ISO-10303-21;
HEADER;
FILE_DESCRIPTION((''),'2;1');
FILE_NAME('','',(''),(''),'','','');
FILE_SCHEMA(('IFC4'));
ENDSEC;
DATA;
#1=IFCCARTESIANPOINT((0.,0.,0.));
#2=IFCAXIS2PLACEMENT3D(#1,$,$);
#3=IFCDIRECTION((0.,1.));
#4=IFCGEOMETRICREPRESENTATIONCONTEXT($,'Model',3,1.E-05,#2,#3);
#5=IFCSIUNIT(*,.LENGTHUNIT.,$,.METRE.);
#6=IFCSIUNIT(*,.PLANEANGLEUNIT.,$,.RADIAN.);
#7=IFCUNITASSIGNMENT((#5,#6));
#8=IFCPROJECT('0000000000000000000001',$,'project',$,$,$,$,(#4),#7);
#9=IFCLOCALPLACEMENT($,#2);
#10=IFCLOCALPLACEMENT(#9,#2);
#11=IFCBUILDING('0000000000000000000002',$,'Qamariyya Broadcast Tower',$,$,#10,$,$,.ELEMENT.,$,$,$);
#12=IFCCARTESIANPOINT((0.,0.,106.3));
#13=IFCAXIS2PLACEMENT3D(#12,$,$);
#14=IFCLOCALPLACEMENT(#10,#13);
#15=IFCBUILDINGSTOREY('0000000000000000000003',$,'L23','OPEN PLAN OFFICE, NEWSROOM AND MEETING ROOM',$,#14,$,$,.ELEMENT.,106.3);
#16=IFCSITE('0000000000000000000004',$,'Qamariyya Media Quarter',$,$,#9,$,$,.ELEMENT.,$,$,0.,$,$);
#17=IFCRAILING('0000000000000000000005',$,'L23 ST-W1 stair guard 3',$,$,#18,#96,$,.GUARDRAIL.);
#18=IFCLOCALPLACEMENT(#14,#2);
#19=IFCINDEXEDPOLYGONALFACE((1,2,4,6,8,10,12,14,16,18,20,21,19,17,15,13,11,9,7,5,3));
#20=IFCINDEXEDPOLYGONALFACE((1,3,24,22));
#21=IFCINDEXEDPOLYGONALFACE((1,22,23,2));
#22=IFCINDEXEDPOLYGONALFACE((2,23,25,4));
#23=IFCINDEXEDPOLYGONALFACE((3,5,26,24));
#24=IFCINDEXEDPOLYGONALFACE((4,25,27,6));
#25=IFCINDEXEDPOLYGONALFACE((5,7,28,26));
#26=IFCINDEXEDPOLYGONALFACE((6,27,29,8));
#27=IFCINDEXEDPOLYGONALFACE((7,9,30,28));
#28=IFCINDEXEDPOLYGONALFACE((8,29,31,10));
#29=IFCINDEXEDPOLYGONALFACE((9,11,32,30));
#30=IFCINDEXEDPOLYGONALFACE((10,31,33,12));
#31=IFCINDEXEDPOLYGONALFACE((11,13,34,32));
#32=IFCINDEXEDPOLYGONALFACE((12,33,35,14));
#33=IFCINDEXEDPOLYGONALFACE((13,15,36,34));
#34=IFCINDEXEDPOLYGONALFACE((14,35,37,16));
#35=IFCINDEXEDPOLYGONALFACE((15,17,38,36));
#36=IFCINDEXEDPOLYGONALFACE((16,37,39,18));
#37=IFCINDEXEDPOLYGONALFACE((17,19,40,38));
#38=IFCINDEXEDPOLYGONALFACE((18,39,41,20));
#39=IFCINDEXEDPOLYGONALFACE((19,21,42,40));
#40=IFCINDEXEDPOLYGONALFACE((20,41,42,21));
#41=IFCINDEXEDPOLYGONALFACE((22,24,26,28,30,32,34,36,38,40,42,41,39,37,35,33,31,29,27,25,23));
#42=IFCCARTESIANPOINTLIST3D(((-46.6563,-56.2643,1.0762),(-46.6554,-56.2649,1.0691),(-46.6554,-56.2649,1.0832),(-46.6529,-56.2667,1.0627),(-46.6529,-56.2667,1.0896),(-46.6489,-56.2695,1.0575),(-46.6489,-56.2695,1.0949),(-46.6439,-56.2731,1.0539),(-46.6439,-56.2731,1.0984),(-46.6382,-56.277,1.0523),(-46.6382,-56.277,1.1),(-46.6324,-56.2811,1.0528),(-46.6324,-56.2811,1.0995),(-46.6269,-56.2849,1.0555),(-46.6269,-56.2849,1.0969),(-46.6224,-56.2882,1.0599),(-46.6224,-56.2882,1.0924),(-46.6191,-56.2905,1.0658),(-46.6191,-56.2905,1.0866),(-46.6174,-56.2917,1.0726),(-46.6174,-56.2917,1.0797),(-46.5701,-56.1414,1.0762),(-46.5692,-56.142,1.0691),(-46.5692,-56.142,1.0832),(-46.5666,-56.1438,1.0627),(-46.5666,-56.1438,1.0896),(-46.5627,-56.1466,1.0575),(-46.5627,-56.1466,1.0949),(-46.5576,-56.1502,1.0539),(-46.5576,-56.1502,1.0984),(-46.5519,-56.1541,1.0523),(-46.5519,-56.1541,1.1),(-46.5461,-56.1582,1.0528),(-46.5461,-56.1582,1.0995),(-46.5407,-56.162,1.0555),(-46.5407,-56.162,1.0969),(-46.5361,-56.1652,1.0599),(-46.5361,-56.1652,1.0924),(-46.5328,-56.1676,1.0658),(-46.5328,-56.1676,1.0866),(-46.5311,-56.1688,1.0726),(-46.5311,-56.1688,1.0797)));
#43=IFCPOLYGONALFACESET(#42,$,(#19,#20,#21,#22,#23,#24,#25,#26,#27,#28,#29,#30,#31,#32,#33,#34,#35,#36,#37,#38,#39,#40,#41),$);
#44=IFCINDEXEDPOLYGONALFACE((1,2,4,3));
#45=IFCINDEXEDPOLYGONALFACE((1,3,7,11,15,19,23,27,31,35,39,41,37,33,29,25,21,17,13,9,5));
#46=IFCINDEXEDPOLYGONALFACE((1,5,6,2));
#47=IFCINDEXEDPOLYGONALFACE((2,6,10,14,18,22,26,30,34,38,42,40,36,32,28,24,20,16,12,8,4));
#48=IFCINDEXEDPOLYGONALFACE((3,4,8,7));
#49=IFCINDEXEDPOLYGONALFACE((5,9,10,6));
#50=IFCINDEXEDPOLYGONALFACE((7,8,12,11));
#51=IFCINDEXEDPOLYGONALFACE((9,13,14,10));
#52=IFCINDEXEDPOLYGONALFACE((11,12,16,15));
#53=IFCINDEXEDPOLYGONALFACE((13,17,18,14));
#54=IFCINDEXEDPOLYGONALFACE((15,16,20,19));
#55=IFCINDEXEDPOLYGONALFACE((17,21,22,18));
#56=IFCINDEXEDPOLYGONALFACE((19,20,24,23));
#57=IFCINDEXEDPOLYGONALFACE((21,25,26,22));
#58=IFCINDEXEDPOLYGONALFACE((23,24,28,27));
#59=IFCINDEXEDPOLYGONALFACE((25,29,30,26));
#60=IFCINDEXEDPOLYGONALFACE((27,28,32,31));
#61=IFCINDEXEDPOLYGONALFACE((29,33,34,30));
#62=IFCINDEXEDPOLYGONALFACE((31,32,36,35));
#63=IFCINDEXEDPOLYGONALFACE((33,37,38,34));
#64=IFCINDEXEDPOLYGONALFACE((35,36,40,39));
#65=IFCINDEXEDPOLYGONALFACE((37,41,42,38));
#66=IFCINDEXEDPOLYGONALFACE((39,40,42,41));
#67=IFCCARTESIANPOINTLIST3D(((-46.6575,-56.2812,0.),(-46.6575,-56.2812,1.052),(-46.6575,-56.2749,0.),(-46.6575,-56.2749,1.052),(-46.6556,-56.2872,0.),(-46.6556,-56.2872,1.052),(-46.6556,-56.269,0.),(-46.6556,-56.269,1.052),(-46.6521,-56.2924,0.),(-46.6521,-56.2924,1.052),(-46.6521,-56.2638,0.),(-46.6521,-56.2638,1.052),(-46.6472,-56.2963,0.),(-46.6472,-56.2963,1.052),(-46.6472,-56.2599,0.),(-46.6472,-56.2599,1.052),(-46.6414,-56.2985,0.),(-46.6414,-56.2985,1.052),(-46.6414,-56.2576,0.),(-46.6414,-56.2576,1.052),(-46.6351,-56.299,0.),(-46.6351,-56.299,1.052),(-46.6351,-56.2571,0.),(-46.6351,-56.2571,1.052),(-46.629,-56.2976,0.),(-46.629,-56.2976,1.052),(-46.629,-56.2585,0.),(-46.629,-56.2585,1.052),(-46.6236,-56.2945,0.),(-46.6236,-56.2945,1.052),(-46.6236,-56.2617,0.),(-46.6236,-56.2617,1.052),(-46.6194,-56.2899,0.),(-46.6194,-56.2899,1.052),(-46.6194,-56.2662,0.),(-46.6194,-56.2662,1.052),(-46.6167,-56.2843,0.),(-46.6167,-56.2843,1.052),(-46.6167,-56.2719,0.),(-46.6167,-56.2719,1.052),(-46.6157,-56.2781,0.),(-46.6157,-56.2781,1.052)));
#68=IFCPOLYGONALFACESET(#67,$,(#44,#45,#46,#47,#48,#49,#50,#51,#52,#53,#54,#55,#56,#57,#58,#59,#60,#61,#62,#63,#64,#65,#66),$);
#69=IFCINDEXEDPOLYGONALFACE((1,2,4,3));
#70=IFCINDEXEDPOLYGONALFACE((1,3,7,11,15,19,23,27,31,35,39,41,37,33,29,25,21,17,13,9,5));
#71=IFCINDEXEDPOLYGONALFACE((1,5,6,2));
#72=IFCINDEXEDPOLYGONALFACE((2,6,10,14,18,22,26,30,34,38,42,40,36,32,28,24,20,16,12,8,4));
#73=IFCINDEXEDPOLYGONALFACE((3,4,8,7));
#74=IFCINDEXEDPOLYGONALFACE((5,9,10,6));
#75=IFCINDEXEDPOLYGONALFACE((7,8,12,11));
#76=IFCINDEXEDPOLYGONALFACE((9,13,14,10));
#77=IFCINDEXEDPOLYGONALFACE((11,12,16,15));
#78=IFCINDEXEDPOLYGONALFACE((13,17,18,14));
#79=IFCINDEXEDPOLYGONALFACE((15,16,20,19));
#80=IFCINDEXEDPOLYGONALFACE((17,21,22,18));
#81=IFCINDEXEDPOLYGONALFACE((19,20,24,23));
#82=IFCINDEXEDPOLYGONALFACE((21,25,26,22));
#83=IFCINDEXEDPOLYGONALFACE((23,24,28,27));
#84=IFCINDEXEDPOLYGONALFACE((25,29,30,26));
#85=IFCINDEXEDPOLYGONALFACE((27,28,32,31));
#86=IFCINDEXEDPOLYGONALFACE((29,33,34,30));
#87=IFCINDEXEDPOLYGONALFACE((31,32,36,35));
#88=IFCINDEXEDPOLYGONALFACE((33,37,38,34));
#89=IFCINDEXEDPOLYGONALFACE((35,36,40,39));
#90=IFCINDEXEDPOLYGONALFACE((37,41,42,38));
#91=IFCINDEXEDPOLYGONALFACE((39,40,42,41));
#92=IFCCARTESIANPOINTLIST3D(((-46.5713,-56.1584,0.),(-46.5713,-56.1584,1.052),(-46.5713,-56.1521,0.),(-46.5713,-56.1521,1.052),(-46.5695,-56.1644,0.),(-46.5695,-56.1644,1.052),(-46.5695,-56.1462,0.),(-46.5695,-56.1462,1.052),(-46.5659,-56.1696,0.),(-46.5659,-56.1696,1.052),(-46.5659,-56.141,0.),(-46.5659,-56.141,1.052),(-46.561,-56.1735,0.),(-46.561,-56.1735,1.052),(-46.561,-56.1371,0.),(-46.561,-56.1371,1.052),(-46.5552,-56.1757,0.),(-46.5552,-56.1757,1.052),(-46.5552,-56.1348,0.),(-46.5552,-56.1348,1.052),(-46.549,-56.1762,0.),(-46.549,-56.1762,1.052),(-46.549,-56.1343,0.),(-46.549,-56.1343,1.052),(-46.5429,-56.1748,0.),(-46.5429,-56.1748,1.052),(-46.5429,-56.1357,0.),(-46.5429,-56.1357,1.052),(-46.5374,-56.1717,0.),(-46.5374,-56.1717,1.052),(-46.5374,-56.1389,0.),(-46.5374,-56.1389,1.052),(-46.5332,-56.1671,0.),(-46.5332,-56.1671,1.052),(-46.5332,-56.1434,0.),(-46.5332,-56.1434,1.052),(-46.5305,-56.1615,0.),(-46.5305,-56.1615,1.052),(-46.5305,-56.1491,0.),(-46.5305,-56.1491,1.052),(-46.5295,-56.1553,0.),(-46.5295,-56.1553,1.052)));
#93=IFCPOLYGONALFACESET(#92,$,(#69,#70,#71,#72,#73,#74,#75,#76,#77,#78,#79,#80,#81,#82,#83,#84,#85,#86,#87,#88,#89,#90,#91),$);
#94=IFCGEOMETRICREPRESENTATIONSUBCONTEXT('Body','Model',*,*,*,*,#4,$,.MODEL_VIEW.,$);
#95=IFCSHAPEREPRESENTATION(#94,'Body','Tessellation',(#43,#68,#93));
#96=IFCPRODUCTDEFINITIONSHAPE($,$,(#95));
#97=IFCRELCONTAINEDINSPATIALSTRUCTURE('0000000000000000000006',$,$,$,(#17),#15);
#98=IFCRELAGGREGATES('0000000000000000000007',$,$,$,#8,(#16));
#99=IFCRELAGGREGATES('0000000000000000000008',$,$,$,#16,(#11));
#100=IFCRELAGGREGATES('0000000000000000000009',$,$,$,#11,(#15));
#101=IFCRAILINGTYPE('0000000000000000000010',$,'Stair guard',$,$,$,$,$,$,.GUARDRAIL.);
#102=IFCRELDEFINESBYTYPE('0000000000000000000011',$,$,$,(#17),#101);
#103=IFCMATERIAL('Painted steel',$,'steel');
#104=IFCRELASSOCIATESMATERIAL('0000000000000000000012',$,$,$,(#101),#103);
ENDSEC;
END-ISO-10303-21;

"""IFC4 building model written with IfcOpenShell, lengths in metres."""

from ifc_helpers import new_model, si_unit, direction, frame, origin, origin_2d, place, context, subcontext, project, spatial, circle, extrude, material, type_object, element, save


model = new_model("IFC4")

# Units and contexts
model_context = context("Model", 3, precision=1e-05, world=origin(), true_north=direction((0.0, 1.0)))
body_context = subcontext(model_context, "Body", "Model", "MODEL_VIEW")
ifc_project = project(units=[si_unit("LENGTHUNIT", "METRE"), si_unit("PLANEANGLEUNIT", "RADIAN")], contexts=[model_context])

# Site, building, storey
site_placement = place(None, origin())
site = spatial("IfcSite", under=ifc_project, at=site_placement, Name="Qamariyya Media Quarter", CompositionType="ELEMENT", RefElevation=0.0)
building_placement = place(site_placement, origin())
building = spatial("IfcBuilding", under=site, at=building_placement, Name="Qamariyya Broadcast Tower", CompositionType="ELEMENT")
storey_placement = place(building_placement, frame((0.0, 0.0, 106.3)))
storey = spatial("IfcBuildingStorey", under=building, at=storey_placement, Name="L23", Description="OPEN PLAN OFFICE, NEWSROOM AND MEETING ROOM", CompositionType="ELEMENT", Elevation=106.3)

# Railing
ifc_material_1 = material(Name="Painted steel", Category="steel")
railing_type_1 = type_object("IfcRailingType", Name="Stair guard", PredefinedType="GUARDRAIL", material=ifc_material_1)
railing_1_placement = place(storey_placement, frame((-46.6367, -56.2781, 0.0)))
element("IfcRailing", 1, at=railing_1_placement, inside=storey, type_object=railing_type_1, Name="L23 ST-W1 stair guard 3", PredefinedType="GUARDRAIL", context=body_context, shape_type="SweptSolid", body=[
    extrude(circle(Radius=0.0239, at=origin_2d()), frame((0.0, 0.0, 1.0762), z_axis=(0.574445, 0.818543, 0.0), x_axis=(-0.818543, 0.574445, 0.0)), (0.0, 0.0, 1.0), 0.1501),
    extrude(circle(Radius=0.021, at=origin_2d()), origin(), (0.0, 0.0, 1.0), 1.052),
    extrude(circle(Radius=0.021, at=origin_2d()), frame((0.0862, 0.1228, 0.0)), (0.0, 0.0, 1.0), 1.052),
])

save(model, "model.ifc")
